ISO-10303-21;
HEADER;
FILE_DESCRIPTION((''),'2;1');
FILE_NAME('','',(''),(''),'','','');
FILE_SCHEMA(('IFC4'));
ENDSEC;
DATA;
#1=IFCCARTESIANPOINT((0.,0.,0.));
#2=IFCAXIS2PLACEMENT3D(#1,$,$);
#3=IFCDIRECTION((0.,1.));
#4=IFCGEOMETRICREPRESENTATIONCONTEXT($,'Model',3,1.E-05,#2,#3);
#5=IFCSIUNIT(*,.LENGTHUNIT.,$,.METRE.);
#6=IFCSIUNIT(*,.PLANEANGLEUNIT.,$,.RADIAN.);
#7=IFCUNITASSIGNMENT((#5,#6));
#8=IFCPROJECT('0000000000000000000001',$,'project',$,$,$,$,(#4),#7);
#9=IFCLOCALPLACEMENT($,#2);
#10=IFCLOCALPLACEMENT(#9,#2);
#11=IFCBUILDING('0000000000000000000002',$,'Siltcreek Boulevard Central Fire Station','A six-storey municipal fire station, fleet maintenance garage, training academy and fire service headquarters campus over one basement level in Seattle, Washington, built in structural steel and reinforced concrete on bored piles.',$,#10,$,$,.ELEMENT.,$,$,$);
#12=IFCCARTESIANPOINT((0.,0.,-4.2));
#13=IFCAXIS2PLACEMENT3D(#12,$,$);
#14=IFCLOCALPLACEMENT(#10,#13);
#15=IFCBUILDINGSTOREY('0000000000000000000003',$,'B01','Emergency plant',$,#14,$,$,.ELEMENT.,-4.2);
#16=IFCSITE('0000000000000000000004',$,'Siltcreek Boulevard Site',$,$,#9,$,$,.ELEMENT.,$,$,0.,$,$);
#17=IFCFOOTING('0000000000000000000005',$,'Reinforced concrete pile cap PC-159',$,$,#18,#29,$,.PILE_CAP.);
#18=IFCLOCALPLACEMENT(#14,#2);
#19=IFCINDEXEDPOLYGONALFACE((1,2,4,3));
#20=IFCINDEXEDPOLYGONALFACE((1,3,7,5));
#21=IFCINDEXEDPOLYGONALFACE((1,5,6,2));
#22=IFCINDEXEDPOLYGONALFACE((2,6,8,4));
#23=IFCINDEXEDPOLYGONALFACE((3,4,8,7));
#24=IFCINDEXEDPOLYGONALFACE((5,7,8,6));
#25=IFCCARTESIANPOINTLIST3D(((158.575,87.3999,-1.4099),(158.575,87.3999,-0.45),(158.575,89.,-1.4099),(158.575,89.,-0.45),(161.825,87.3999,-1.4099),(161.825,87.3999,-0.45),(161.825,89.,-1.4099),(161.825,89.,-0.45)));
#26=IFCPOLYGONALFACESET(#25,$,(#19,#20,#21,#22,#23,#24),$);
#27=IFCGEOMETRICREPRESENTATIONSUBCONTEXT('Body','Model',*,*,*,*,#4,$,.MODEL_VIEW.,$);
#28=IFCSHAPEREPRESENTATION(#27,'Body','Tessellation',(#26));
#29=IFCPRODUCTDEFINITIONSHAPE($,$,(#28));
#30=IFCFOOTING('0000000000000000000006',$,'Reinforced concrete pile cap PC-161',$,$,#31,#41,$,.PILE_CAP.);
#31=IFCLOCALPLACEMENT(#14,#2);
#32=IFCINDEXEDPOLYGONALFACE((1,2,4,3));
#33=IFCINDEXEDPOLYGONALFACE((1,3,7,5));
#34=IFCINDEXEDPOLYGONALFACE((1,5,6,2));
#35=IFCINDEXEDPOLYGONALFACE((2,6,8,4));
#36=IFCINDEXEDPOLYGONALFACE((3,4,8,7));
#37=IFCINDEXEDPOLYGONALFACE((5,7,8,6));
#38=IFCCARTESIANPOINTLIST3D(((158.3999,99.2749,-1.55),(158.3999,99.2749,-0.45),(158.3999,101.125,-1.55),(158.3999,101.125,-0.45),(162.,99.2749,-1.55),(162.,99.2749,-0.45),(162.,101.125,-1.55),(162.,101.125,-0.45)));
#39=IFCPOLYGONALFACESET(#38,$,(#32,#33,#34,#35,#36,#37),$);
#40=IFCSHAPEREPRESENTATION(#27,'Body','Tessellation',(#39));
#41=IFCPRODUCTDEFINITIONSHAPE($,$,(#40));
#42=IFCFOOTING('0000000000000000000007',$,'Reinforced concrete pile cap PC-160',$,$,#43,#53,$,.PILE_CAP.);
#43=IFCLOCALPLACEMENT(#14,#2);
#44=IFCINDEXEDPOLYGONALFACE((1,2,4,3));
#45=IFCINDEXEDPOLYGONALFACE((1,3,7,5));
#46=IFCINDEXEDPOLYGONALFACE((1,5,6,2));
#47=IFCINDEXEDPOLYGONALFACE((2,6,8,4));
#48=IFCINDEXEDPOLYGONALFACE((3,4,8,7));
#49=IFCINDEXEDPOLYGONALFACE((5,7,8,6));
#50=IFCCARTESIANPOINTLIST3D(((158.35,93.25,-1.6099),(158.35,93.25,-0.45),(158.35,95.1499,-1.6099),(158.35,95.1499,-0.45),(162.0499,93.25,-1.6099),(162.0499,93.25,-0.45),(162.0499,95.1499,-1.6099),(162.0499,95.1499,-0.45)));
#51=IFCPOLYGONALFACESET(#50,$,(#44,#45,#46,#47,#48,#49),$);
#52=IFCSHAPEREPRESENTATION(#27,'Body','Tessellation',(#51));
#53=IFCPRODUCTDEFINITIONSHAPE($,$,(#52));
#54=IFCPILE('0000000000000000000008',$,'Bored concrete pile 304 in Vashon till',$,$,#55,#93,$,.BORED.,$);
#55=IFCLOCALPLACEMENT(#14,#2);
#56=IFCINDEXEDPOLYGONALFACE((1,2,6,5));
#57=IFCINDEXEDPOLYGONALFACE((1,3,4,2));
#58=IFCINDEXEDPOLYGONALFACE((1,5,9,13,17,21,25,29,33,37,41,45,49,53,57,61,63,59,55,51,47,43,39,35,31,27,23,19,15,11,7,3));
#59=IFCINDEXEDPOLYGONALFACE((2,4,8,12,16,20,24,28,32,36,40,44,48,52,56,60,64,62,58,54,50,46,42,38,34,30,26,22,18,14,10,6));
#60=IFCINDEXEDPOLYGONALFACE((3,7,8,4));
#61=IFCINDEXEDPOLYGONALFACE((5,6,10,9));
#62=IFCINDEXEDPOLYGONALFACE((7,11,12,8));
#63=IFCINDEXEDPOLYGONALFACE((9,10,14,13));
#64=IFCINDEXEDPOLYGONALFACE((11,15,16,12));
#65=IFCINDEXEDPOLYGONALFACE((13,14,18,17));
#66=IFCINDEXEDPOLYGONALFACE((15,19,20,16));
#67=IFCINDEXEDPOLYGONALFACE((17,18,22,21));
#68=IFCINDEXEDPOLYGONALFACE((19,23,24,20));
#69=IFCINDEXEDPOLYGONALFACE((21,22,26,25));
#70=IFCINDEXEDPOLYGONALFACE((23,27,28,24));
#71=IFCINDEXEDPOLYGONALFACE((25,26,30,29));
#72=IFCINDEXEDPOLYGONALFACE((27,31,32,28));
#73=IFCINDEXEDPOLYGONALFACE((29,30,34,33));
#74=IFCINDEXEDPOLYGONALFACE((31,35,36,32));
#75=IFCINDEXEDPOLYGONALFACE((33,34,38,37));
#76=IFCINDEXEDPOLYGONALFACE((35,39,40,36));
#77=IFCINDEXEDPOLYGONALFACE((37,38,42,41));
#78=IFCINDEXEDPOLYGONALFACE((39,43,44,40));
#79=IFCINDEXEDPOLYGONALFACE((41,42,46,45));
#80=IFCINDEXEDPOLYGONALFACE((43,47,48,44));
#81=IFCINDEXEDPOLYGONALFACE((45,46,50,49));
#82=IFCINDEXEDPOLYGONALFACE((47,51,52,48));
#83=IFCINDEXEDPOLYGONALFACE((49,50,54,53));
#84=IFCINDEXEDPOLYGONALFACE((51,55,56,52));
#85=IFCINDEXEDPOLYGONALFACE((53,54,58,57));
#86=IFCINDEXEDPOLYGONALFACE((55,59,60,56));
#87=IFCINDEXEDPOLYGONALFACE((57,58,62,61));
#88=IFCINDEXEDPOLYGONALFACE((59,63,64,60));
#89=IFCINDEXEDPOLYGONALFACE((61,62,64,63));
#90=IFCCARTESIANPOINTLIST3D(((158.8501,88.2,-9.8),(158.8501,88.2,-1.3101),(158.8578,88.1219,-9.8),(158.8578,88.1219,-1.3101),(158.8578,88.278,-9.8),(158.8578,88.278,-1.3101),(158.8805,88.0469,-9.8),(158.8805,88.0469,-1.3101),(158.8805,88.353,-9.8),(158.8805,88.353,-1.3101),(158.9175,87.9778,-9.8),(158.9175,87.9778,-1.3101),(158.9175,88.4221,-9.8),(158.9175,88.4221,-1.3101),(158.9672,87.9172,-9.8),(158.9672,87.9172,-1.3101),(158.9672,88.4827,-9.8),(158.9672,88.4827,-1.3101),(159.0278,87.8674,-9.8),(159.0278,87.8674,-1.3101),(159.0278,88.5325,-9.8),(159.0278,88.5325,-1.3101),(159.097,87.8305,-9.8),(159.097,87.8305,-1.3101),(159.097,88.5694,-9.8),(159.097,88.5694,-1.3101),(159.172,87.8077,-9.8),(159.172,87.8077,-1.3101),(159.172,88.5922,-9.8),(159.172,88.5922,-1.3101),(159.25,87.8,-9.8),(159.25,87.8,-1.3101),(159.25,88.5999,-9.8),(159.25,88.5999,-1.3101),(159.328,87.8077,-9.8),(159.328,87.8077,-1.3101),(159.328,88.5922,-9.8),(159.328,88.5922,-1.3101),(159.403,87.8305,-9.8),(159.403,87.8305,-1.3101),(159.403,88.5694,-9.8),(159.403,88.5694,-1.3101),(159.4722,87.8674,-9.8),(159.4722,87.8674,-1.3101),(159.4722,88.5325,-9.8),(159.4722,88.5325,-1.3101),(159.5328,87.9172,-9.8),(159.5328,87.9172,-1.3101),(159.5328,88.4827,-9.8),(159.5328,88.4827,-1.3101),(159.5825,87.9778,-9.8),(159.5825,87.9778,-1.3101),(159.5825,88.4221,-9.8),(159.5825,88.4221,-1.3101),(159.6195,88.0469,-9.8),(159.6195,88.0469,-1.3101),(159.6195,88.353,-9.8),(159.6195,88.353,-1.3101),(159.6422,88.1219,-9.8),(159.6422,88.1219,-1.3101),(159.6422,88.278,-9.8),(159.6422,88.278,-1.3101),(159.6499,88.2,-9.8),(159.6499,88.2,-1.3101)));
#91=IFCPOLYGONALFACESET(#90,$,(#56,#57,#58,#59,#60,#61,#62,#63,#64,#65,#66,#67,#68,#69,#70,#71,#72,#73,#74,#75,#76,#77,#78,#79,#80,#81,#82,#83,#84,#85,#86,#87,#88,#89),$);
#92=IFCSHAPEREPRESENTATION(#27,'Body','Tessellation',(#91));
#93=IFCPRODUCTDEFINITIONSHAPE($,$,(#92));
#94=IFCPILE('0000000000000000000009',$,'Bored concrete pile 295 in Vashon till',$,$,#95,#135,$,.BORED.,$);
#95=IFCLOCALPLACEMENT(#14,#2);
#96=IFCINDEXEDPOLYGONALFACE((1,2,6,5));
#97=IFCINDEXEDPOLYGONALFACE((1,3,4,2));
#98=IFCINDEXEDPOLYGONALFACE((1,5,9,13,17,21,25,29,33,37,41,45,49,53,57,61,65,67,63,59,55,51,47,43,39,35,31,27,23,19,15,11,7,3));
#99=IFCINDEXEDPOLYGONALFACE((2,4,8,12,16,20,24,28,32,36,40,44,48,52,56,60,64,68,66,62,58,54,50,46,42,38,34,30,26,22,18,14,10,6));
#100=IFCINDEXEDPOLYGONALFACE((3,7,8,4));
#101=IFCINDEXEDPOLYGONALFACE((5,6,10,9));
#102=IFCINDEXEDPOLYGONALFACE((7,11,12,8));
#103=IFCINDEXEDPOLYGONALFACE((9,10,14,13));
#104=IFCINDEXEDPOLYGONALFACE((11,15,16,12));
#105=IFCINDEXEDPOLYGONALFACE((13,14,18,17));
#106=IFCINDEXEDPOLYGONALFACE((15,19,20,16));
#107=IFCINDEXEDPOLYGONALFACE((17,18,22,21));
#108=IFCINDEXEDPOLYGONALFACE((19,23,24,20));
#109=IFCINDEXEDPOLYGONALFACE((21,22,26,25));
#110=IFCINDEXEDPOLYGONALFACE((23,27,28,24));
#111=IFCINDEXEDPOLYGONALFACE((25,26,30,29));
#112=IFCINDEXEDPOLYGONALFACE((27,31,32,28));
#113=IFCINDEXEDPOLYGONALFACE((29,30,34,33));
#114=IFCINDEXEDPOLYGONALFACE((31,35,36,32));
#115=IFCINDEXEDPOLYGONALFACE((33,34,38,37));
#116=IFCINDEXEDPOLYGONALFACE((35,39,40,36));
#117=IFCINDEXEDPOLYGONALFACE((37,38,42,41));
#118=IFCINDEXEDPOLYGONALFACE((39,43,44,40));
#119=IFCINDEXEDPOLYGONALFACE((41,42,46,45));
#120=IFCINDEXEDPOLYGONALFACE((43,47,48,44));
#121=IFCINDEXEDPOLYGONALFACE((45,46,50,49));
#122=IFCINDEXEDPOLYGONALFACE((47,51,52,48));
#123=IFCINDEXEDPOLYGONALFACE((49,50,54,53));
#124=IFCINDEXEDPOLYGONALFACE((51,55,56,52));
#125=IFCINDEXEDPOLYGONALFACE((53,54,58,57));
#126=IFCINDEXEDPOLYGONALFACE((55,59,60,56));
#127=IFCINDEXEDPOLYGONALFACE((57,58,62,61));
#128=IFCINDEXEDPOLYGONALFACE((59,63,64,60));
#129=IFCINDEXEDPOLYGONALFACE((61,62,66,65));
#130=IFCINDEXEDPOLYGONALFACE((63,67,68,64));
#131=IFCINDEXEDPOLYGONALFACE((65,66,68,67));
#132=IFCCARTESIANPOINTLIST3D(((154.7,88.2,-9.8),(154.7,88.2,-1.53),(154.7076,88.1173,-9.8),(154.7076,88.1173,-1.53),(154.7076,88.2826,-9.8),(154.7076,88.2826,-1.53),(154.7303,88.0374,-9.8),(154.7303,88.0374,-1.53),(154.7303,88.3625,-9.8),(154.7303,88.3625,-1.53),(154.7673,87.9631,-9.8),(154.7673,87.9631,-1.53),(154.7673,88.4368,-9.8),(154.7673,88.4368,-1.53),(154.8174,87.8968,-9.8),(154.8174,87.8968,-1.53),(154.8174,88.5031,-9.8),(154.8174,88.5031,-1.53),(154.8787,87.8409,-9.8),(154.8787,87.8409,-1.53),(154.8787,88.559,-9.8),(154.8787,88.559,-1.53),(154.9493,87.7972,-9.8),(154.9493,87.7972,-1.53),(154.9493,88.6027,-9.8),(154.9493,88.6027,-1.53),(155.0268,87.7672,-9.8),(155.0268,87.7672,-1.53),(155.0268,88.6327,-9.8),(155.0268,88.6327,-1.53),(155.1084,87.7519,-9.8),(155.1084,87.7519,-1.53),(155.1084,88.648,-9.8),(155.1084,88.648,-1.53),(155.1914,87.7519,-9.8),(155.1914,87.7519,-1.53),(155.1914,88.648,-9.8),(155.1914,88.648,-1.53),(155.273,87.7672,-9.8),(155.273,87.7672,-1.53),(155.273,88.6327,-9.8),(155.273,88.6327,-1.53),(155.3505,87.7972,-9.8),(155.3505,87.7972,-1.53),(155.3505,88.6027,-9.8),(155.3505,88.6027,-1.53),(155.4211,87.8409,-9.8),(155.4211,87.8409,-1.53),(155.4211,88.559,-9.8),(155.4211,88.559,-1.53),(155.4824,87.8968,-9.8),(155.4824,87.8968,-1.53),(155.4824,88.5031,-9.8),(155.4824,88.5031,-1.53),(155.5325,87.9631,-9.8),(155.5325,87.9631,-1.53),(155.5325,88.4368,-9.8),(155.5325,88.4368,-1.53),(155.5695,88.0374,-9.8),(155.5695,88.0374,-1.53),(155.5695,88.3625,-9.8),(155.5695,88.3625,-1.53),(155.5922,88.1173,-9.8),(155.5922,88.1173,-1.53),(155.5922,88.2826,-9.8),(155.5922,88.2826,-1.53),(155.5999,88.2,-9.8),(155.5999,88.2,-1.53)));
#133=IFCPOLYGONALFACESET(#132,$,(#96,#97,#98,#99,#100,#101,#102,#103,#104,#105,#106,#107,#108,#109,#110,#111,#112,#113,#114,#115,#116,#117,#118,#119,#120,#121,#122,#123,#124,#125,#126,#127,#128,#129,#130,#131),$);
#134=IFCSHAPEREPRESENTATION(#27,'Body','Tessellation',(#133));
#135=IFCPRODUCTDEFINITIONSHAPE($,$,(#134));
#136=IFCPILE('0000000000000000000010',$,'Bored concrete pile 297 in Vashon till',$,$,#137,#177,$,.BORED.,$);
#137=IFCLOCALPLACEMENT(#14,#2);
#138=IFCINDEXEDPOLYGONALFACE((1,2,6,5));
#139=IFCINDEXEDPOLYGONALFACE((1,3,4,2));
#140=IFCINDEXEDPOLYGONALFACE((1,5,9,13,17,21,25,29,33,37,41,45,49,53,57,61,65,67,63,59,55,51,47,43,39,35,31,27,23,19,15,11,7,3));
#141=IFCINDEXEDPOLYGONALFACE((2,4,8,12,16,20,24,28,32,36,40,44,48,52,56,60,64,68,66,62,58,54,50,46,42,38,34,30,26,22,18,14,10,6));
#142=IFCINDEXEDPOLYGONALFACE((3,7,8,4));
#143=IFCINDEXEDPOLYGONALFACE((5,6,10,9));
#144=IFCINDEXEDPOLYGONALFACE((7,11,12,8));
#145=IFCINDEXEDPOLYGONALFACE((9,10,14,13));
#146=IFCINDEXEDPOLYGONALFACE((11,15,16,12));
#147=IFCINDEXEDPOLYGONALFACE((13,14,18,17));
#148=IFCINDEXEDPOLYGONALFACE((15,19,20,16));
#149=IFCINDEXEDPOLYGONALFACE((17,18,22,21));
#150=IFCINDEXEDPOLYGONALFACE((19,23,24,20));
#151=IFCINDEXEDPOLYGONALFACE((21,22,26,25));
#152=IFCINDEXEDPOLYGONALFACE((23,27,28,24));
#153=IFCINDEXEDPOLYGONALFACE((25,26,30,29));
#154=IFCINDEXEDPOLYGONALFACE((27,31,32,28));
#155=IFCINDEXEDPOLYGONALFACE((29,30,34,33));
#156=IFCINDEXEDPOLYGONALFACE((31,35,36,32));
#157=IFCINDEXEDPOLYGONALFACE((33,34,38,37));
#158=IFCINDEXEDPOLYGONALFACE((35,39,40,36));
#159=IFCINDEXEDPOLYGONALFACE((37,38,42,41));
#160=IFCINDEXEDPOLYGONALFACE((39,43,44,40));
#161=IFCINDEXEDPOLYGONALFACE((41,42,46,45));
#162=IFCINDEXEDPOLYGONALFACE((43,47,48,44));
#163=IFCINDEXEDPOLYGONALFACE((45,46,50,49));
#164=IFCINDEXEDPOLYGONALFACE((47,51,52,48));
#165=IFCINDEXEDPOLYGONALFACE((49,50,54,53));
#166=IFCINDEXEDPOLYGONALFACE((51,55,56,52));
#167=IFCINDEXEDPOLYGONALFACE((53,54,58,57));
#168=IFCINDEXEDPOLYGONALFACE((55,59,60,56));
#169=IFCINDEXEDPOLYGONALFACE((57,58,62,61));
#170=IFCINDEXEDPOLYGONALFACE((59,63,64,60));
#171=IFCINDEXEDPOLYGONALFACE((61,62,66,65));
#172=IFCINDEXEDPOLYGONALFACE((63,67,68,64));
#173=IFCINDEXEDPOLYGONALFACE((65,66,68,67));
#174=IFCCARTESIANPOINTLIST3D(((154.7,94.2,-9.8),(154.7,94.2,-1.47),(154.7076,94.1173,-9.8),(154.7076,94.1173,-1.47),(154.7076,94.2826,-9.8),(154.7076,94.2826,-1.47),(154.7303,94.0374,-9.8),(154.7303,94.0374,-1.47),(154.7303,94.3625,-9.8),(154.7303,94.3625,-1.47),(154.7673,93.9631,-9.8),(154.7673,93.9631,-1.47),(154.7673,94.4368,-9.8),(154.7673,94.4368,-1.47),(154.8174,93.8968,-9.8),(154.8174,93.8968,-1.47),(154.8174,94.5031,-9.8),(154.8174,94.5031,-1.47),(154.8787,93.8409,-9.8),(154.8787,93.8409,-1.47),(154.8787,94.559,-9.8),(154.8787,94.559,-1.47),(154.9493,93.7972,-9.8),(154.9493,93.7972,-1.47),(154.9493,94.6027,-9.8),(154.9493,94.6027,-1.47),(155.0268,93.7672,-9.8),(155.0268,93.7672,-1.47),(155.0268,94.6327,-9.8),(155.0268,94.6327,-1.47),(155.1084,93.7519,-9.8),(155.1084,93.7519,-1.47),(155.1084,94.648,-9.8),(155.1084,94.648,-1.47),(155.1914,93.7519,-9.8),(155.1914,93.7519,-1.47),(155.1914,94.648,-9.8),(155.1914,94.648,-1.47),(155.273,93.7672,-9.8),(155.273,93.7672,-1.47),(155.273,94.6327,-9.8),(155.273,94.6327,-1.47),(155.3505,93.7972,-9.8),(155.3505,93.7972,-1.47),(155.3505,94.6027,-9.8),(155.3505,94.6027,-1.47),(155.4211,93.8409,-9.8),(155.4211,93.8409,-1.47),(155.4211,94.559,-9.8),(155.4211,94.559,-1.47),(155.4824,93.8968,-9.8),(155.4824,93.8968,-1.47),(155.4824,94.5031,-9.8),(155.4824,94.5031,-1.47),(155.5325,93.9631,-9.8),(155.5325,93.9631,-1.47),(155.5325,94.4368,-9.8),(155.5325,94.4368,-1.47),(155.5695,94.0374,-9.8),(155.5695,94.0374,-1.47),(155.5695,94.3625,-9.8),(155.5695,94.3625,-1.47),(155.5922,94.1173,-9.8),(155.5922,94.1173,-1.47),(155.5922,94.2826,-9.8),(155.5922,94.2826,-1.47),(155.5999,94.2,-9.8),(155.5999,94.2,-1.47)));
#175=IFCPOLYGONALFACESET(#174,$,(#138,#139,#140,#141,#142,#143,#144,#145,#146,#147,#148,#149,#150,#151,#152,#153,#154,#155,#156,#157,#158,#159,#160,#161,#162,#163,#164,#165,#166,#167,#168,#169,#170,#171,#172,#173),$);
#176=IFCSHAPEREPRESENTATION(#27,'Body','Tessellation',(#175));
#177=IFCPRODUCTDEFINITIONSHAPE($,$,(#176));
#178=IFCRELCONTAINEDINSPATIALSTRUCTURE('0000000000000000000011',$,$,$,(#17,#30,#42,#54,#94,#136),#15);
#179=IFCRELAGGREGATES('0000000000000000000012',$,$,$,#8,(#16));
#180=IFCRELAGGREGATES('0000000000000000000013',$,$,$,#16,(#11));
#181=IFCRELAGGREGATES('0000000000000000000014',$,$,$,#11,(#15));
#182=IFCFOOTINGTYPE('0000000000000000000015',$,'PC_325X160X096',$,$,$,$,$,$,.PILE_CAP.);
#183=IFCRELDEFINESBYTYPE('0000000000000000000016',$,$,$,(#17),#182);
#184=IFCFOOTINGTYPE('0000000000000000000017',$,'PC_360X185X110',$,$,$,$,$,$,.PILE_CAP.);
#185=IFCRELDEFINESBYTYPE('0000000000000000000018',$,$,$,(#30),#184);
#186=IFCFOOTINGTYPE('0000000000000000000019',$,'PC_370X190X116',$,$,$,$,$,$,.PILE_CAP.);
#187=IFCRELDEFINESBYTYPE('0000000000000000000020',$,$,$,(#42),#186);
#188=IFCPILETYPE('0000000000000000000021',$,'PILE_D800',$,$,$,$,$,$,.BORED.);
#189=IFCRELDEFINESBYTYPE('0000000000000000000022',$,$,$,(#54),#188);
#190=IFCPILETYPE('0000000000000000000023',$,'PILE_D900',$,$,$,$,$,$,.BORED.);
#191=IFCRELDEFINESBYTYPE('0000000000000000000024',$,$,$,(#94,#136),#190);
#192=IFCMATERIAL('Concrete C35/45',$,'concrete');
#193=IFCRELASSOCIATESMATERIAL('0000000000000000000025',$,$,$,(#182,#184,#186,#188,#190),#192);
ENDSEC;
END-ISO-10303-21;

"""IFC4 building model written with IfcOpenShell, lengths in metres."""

from ifc_helpers import new_model, si_unit, direction, frame, origin, origin_2d, place, context, subcontext, project, spatial, rectangle, circle, extrude, material, material_profile, profile_set, type_object, element, save


model = new_model("IFC4")

# Units and contexts
model_context = context("Model", 3, precision=1e-05, world=origin(), true_north=direction((0.0, 1.0)))
body_context = subcontext(model_context, "Body", "Model", "MODEL_VIEW")
ifc_project = project(units=[si_unit("LENGTHUNIT", "METRE"), si_unit("PLANEANGLEUNIT", "RADIAN")], contexts=[model_context])

# Site, building, storey
site_placement = place(None, origin())
site = spatial("IfcSite", under=ifc_project, at=site_placement, Name="Siltcreek Boulevard Site", CompositionType="ELEMENT", RefElevation=0.0)
building_placement = place(site_placement, origin())
building = spatial("IfcBuilding", under=site, at=building_placement, Name="Siltcreek Boulevard Central Fire Station", Description="A six-storey municipal fire station, fleet maintenance garage, training academy and fire service headquarters campus over one basement level in Seattle, Washington, built in structural steel and reinforced concrete on bored piles.", CompositionType="ELEMENT")
storey_placement = place(building_placement, frame((0.0, 0.0, -4.2)))
storey = spatial("IfcBuildingStorey", under=building, at=storey_placement, Name="B01", Description="Emergency plant", CompositionType="ELEMENT", Elevation=-4.2)

# Footings
ifc_material_1 = material(Name="Concrete C35/45", Category="concrete")
footing_type_1 = type_object("IfcFootingType", Name="PC_325X160X096", PredefinedType="PILE_CAP", material=ifc_material_1)
footing_1_placement = place(storey_placement, frame((160.2, 88.2, -1.4099), z_axis=(0.0, 0.0, 1.0), x_axis=(1.0, 0.0, 0.0)))
element("IfcFooting", 1, at=footing_1_placement, inside=storey, type_object=footing_type_1, Name="Reinforced concrete pile cap PC-159", PredefinedType="PILE_CAP", context=body_context, shape_type="SweptSolid", body=[
    extrude(rectangle(XDim=3.25, YDim=1.6001, at=origin_2d()), origin(), (0.0, 0.0, 1.0), 0.96),
])
footing_type_2 = type_object("IfcFootingType", Name="PC_360X185X110", PredefinedType="PILE_CAP", material=ifc_material_1)
footing_2_placement = place(storey_placement, frame((160.2, 100.2, -1.55), z_axis=(0.0, 0.0, 1.0), x_axis=(1.0, 0.0, 0.0)))
element("IfcFooting", 2, at=footing_2_placement, inside=storey, type_object=footing_type_2, Name="Reinforced concrete pile cap PC-161", PredefinedType="PILE_CAP", context=body_context, shape_type="SweptSolid", body=[
    extrude(rectangle(XDim=3.6001, YDim=1.8501, at=origin_2d()), origin(), (0.0, 0.0, 1.0), 1.1001),
])
footing_type_3 = type_object("IfcFootingType", Name="PC_370X190X116", PredefinedType="PILE_CAP", material=ifc_material_1)
footing_3_placement = place(storey_placement, frame((160.2, 94.2, -1.6099), z_axis=(0.0, 0.0, 1.0), x_axis=(1.0, 0.0, 0.0)))
element("IfcFooting", 3, at=footing_3_placement, inside=storey, type_object=footing_type_3, Name="Reinforced concrete pile cap PC-160", PredefinedType="PILE_CAP", context=body_context, shape_type="SweptSolid", body=[
    extrude(rectangle(XDim=3.7, YDim=1.8999, at=origin_2d()), origin(), (0.0, 0.0, 1.0), 1.1599),
])

# Piles
ifc_material_profile_1 = material_profile(ifc_material_1, circle(Radius=0.3999, at=origin_2d()), Name="SHAFT800")
ifc_profile_set_1 = profile_set([ifc_material_profile_1], Name="Concrete C35/45")
pile_type_1 = type_object("IfcPileType", Name="PILE_D800", PredefinedType="BORED", material=ifc_profile_set_1)
pile_1_placement = place(storey_placement, frame((159.25, 88.2, -1.3101), z_axis=(0.0, 0.0, -1.0), x_axis=(1.0, 0.0, 0.0)))
element("IfcPile", 4, at=pile_1_placement, inside=storey, type_object=pile_type_1, Name="Bored concrete pile 304 in Vashon till", PredefinedType="BORED", context=body_context, shape_type="SweptSolid", body=[
    extrude(circle(Radius=0.3999, at=origin_2d()), origin(), (0.0, 0.0, 1.0), 8.49),
])
ifc_material_profile_2 = material_profile(ifc_material_1, circle(Radius=0.45, at=origin_2d()), Name="SHAFT900")
ifc_profile_set_2 = profile_set([ifc_material_profile_2], Name="Concrete C35/45")
pile_type_2 = type_object("IfcPileType", Name="PILE_D900", PredefinedType="BORED", material=ifc_profile_set_2)
pile_2_placement = place(storey_placement, frame((155.1499, 88.2, -1.53), z_axis=(0.0, 0.0, -1.0), x_axis=(1.0, 0.0, 0.0)))
element("IfcPile", 5, at=pile_2_placement, inside=storey, type_object=pile_type_2, Name="Bored concrete pile 295 in Vashon till", PredefinedType="BORED", context=body_context, shape_type="SweptSolid", body=[
    extrude(circle(Radius=0.45, at=origin_2d()), origin(), (0.0, 0.0, 1.0), 8.27),
])
pile_3_placement = place(storey_placement, frame((155.1499, 94.2, -1.47), z_axis=(0.0, 0.0, -1.0), x_axis=(1.0, 0.0, 0.0)))
element("IfcPile", 6, at=pile_3_placement, inside=storey, type_object=pile_type_2, Name="Bored concrete pile 297 in Vashon till", PredefinedType="BORED", context=body_context, shape_type="SweptSolid", body=[
    extrude(circle(Radius=0.45, at=origin_2d()), origin(), (0.0, 0.0, 1.0), 8.3301),
])

save(model, "model.ifc")
